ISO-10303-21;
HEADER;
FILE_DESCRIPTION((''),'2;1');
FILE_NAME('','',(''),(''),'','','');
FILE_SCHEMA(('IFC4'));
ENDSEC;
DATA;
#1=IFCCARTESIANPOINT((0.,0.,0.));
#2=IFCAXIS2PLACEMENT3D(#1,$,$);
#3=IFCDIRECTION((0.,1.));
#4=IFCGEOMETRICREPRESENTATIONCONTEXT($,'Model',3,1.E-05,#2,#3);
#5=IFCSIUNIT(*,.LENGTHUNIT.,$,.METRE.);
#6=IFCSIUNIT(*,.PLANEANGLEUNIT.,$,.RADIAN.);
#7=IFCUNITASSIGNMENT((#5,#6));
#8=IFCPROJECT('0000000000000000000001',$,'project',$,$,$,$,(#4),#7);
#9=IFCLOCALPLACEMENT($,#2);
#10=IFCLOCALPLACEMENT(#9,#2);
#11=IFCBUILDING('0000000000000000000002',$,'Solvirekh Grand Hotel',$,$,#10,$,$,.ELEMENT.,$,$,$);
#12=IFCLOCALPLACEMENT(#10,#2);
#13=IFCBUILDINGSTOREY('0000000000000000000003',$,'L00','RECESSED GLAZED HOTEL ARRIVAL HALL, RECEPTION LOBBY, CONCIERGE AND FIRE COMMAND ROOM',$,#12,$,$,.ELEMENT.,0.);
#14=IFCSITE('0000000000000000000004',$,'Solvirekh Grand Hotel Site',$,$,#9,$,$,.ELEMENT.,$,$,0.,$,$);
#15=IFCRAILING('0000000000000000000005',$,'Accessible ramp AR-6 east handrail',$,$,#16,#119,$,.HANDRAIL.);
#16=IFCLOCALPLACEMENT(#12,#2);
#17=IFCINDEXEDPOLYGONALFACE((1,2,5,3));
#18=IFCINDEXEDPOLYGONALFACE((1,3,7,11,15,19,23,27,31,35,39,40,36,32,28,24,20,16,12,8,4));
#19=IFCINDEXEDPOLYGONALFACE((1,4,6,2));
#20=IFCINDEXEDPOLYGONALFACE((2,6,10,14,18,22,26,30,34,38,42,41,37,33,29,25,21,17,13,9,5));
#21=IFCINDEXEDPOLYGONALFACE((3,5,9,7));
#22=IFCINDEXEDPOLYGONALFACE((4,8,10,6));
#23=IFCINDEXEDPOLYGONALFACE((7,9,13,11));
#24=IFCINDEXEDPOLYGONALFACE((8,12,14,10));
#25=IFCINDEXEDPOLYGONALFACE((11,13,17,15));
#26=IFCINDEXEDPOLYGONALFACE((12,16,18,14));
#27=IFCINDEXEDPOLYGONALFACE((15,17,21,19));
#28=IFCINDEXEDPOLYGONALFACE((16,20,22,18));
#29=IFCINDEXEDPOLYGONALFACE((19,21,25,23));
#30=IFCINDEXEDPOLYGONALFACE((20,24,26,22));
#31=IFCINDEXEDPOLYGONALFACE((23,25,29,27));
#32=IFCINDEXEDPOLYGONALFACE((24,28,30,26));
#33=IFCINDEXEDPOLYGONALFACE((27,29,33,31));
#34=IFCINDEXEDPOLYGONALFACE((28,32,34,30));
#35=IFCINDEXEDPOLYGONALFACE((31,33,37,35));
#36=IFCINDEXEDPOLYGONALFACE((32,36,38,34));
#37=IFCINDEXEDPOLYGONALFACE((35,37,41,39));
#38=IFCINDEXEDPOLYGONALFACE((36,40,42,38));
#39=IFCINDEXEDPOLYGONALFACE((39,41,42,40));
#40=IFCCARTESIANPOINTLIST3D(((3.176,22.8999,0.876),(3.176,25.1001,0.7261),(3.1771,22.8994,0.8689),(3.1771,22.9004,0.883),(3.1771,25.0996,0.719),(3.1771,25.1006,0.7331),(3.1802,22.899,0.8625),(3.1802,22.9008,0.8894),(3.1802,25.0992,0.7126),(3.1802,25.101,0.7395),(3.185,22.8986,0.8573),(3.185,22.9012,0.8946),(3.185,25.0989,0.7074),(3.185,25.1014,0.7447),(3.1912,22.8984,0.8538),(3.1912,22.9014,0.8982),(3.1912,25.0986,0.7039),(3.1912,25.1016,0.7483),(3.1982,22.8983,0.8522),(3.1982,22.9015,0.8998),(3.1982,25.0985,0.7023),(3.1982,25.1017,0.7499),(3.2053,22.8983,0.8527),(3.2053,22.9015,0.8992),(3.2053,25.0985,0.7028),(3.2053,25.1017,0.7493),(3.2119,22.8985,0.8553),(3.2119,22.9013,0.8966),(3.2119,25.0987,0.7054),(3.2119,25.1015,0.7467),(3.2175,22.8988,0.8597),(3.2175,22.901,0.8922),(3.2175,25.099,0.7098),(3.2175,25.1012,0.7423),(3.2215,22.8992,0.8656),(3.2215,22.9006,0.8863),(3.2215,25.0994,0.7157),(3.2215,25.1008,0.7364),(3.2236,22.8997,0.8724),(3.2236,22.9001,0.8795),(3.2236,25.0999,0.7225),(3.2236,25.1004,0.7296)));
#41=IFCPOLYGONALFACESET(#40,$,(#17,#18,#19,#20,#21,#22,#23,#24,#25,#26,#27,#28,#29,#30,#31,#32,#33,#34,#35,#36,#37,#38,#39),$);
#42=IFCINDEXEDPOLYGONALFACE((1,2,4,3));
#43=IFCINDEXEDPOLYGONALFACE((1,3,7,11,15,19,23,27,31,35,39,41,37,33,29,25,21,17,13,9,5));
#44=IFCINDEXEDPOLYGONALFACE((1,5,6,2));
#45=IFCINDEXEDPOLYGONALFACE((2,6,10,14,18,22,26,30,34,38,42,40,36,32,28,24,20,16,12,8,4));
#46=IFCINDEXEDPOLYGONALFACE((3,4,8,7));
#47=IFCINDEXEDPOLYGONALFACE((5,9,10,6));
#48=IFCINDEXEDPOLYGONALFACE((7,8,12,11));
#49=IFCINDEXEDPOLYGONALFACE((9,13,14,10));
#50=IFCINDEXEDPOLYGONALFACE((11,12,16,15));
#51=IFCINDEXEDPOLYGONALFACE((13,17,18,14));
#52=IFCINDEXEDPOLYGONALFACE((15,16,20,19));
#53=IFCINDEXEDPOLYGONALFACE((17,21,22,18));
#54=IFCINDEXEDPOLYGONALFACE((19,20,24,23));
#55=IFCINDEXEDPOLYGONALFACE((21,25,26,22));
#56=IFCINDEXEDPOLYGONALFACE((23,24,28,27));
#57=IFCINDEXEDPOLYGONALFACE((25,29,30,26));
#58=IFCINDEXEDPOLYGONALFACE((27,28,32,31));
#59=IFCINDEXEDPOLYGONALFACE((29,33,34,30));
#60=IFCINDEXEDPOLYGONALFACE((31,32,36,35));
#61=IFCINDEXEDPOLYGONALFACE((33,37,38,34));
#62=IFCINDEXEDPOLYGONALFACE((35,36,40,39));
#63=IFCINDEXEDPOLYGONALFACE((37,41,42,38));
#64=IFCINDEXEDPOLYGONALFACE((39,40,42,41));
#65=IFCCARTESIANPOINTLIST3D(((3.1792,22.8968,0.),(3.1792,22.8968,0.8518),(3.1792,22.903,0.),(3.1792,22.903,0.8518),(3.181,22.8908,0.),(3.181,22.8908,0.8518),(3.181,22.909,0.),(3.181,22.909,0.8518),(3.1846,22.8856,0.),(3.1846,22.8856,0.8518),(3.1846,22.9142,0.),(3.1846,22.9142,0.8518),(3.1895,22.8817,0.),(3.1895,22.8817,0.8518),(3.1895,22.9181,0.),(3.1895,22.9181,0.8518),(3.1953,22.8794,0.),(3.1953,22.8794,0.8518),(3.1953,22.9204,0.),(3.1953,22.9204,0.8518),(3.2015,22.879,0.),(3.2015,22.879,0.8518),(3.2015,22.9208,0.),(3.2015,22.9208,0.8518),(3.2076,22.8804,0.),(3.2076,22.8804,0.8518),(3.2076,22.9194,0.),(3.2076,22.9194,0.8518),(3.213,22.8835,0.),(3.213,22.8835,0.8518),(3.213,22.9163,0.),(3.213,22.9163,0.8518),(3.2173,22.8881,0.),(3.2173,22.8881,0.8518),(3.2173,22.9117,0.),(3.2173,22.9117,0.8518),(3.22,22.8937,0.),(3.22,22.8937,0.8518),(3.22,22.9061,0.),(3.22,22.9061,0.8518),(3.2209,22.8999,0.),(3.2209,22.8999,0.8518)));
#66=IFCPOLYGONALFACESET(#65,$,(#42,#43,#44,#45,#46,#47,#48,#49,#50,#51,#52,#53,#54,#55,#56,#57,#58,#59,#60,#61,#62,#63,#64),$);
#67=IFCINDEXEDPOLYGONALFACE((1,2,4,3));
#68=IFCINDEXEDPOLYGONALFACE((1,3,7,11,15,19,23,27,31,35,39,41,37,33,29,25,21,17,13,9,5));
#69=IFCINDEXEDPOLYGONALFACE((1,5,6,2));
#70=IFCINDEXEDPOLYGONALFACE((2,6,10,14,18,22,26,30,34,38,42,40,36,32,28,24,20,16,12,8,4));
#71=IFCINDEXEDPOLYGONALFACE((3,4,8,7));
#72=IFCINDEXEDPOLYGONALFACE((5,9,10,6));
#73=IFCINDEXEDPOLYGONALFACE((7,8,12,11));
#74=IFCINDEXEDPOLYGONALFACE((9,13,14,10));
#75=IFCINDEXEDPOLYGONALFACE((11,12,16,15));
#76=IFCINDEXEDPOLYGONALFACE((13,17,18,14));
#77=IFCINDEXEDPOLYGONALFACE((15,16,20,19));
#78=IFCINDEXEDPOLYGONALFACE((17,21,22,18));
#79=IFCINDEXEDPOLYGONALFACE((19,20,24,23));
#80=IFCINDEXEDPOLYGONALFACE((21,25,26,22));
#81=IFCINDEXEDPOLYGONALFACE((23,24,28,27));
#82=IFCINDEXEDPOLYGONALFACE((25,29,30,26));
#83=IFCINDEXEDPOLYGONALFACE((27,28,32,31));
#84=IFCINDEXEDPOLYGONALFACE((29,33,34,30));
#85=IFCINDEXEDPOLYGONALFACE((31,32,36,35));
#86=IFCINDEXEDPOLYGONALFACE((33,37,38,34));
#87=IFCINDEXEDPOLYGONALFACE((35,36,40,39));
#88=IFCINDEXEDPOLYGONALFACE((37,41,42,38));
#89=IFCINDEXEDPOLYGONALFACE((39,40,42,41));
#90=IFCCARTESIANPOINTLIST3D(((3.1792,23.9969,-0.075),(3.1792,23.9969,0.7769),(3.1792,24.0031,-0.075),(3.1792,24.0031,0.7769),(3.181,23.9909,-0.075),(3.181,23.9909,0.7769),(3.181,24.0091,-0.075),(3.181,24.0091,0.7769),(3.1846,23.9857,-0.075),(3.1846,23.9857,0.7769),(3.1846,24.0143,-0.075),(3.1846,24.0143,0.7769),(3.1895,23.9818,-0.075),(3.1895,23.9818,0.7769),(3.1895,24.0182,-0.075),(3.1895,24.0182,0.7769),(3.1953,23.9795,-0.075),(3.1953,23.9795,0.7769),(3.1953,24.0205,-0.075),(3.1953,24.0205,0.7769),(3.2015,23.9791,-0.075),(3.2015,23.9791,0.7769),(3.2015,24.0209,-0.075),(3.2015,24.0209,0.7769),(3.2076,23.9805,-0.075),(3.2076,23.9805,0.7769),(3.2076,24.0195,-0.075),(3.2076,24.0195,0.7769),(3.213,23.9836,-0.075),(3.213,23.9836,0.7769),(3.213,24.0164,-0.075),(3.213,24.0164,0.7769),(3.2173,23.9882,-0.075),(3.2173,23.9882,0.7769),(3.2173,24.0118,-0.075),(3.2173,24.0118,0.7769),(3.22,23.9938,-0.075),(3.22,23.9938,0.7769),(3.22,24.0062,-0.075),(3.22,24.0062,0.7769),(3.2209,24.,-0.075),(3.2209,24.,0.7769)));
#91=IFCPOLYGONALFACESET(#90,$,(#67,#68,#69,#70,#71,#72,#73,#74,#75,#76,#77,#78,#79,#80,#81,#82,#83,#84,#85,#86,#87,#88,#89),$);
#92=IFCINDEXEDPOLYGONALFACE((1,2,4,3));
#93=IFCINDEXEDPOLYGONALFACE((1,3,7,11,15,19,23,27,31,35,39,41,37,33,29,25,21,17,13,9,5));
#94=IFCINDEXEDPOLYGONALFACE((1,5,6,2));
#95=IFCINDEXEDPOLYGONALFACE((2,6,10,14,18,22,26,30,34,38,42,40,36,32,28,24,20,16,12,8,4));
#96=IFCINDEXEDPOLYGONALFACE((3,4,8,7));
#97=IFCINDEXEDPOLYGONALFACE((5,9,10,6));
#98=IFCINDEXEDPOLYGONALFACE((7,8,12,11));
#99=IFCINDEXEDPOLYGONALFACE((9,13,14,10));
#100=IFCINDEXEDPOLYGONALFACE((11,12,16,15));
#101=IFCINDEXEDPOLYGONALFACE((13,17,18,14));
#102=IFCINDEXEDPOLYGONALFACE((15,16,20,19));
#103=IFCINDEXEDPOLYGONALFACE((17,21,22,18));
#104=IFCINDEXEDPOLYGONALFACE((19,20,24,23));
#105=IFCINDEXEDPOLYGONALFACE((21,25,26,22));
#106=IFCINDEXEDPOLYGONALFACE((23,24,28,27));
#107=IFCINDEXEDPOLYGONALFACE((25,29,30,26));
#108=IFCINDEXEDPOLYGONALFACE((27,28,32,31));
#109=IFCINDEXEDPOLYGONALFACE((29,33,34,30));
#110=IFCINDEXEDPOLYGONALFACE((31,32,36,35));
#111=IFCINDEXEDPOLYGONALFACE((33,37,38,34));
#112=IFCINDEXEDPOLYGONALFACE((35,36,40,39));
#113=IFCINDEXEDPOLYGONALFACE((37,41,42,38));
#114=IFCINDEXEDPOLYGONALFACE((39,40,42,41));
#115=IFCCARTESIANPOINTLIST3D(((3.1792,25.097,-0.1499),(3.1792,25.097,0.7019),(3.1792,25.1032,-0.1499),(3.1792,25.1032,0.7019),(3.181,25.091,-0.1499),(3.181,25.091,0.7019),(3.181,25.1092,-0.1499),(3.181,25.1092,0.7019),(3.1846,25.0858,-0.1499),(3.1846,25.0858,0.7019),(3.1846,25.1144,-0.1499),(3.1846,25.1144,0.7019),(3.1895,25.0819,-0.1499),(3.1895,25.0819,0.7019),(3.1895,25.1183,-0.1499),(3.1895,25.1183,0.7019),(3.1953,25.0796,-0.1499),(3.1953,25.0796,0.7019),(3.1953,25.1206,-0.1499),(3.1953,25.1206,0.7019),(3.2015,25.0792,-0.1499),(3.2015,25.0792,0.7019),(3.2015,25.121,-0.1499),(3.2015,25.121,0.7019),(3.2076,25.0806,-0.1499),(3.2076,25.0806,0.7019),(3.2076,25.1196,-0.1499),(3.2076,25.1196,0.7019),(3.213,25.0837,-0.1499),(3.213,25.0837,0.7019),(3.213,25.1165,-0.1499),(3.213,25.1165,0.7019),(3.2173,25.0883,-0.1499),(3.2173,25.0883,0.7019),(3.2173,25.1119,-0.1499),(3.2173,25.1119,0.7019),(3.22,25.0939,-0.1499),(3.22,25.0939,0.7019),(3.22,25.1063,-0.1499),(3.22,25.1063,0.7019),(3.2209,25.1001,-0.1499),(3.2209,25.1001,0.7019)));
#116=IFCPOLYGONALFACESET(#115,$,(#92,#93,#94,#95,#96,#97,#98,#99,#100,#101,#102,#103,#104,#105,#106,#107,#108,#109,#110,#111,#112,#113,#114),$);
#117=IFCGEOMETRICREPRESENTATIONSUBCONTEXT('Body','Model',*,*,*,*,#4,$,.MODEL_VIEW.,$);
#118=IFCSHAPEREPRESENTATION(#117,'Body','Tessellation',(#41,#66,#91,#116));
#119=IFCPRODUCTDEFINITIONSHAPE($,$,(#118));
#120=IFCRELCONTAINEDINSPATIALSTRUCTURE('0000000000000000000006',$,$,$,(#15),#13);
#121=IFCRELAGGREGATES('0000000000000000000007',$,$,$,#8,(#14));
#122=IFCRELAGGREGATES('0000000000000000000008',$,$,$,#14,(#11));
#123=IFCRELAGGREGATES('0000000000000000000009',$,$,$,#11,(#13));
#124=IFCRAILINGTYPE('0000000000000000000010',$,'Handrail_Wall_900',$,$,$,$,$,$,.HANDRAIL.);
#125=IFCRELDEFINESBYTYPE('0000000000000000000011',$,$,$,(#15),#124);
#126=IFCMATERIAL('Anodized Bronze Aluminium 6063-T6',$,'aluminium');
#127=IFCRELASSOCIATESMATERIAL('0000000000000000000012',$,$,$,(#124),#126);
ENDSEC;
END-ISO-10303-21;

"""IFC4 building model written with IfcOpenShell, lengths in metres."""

from ifc_helpers import new_model, si_unit, direction, frame, origin, origin_2d, place, context, subcontext, project, spatial, circle, extrude, material, type_object, element, save


model = new_model("IFC4")

# Units and contexts
model_context = context("Model", 3, precision=1e-05, world=origin(), true_north=direction((0.0, 1.0)))
body_context = subcontext(model_context, "Body", "Model", "MODEL_VIEW")
ifc_project = project(units=[si_unit("LENGTHUNIT", "METRE"), si_unit("PLANEANGLEUNIT", "RADIAN")], contexts=[model_context])

# Site, building, storey
site_placement = place(None, origin())
site = spatial("IfcSite", under=ifc_project, at=site_placement, Name="Solvirekh Grand Hotel Site", CompositionType="ELEMENT", RefElevation=0.0)
building_placement = place(site_placement, origin())
building = spatial("IfcBuilding", under=site, at=building_placement, Name="Solvirekh Grand Hotel", CompositionType="ELEMENT")
storey_placement = place(building_placement, origin())
storey = spatial("IfcBuildingStorey", under=building, at=storey_placement, Name="L00", Description="RECESSED GLAZED HOTEL ARRIVAL HALL, RECEPTION LOBBY, CONCIERGE AND FIRE COMMAND ROOM", CompositionType="ELEMENT", Elevation=0.0)

# Shared definitions
ifc_material_1 = material(Name="Anodized Bronze Aluminium 6063-T6", Category="aluminium")

# Railing
railing_type_1 = type_object("IfcRailingType", Name="Handrail_Wall_900", PredefinedType="HANDRAIL", material=ifc_material_1)
for number, where, name in (
    (1, (3.2, 22.8999, 0.0), "Accessible ramp AR-6 east handrail"),
):
    element("IfcRailing", number, at=place(storey_placement, frame(where)), inside=storey, type_object=railing_type_1, Name=name, PredefinedType="HANDRAIL", context=body_context, shape_type="SweptSolid", body=[
        extrude(circle(Radius=0.0239, at=origin_2d()), frame((0.0, 0.0, 0.876), z_axis=(0.0, 0.997687, -0.067974), x_axis=(-1.0, 0.0, 0.0)), (0.0, 0.0, 1.0), 2.2053),
        extrude(circle(Radius=0.021, at=origin_2d()), origin(), (0.0, 0.0, 1.0), 0.8518),
        extrude(circle(Radius=0.021, at=origin_2d()), frame((0.0, 1.1001, -0.075)), (0.0, 0.0, 1.0), 0.8518),
        extrude(circle(Radius=0.021, at=origin_2d()), frame((0.0, 2.2002, -0.1499)), (0.0, 0.0, 1.0), 0.8518),
    ])

save(model, "model.ifc")
